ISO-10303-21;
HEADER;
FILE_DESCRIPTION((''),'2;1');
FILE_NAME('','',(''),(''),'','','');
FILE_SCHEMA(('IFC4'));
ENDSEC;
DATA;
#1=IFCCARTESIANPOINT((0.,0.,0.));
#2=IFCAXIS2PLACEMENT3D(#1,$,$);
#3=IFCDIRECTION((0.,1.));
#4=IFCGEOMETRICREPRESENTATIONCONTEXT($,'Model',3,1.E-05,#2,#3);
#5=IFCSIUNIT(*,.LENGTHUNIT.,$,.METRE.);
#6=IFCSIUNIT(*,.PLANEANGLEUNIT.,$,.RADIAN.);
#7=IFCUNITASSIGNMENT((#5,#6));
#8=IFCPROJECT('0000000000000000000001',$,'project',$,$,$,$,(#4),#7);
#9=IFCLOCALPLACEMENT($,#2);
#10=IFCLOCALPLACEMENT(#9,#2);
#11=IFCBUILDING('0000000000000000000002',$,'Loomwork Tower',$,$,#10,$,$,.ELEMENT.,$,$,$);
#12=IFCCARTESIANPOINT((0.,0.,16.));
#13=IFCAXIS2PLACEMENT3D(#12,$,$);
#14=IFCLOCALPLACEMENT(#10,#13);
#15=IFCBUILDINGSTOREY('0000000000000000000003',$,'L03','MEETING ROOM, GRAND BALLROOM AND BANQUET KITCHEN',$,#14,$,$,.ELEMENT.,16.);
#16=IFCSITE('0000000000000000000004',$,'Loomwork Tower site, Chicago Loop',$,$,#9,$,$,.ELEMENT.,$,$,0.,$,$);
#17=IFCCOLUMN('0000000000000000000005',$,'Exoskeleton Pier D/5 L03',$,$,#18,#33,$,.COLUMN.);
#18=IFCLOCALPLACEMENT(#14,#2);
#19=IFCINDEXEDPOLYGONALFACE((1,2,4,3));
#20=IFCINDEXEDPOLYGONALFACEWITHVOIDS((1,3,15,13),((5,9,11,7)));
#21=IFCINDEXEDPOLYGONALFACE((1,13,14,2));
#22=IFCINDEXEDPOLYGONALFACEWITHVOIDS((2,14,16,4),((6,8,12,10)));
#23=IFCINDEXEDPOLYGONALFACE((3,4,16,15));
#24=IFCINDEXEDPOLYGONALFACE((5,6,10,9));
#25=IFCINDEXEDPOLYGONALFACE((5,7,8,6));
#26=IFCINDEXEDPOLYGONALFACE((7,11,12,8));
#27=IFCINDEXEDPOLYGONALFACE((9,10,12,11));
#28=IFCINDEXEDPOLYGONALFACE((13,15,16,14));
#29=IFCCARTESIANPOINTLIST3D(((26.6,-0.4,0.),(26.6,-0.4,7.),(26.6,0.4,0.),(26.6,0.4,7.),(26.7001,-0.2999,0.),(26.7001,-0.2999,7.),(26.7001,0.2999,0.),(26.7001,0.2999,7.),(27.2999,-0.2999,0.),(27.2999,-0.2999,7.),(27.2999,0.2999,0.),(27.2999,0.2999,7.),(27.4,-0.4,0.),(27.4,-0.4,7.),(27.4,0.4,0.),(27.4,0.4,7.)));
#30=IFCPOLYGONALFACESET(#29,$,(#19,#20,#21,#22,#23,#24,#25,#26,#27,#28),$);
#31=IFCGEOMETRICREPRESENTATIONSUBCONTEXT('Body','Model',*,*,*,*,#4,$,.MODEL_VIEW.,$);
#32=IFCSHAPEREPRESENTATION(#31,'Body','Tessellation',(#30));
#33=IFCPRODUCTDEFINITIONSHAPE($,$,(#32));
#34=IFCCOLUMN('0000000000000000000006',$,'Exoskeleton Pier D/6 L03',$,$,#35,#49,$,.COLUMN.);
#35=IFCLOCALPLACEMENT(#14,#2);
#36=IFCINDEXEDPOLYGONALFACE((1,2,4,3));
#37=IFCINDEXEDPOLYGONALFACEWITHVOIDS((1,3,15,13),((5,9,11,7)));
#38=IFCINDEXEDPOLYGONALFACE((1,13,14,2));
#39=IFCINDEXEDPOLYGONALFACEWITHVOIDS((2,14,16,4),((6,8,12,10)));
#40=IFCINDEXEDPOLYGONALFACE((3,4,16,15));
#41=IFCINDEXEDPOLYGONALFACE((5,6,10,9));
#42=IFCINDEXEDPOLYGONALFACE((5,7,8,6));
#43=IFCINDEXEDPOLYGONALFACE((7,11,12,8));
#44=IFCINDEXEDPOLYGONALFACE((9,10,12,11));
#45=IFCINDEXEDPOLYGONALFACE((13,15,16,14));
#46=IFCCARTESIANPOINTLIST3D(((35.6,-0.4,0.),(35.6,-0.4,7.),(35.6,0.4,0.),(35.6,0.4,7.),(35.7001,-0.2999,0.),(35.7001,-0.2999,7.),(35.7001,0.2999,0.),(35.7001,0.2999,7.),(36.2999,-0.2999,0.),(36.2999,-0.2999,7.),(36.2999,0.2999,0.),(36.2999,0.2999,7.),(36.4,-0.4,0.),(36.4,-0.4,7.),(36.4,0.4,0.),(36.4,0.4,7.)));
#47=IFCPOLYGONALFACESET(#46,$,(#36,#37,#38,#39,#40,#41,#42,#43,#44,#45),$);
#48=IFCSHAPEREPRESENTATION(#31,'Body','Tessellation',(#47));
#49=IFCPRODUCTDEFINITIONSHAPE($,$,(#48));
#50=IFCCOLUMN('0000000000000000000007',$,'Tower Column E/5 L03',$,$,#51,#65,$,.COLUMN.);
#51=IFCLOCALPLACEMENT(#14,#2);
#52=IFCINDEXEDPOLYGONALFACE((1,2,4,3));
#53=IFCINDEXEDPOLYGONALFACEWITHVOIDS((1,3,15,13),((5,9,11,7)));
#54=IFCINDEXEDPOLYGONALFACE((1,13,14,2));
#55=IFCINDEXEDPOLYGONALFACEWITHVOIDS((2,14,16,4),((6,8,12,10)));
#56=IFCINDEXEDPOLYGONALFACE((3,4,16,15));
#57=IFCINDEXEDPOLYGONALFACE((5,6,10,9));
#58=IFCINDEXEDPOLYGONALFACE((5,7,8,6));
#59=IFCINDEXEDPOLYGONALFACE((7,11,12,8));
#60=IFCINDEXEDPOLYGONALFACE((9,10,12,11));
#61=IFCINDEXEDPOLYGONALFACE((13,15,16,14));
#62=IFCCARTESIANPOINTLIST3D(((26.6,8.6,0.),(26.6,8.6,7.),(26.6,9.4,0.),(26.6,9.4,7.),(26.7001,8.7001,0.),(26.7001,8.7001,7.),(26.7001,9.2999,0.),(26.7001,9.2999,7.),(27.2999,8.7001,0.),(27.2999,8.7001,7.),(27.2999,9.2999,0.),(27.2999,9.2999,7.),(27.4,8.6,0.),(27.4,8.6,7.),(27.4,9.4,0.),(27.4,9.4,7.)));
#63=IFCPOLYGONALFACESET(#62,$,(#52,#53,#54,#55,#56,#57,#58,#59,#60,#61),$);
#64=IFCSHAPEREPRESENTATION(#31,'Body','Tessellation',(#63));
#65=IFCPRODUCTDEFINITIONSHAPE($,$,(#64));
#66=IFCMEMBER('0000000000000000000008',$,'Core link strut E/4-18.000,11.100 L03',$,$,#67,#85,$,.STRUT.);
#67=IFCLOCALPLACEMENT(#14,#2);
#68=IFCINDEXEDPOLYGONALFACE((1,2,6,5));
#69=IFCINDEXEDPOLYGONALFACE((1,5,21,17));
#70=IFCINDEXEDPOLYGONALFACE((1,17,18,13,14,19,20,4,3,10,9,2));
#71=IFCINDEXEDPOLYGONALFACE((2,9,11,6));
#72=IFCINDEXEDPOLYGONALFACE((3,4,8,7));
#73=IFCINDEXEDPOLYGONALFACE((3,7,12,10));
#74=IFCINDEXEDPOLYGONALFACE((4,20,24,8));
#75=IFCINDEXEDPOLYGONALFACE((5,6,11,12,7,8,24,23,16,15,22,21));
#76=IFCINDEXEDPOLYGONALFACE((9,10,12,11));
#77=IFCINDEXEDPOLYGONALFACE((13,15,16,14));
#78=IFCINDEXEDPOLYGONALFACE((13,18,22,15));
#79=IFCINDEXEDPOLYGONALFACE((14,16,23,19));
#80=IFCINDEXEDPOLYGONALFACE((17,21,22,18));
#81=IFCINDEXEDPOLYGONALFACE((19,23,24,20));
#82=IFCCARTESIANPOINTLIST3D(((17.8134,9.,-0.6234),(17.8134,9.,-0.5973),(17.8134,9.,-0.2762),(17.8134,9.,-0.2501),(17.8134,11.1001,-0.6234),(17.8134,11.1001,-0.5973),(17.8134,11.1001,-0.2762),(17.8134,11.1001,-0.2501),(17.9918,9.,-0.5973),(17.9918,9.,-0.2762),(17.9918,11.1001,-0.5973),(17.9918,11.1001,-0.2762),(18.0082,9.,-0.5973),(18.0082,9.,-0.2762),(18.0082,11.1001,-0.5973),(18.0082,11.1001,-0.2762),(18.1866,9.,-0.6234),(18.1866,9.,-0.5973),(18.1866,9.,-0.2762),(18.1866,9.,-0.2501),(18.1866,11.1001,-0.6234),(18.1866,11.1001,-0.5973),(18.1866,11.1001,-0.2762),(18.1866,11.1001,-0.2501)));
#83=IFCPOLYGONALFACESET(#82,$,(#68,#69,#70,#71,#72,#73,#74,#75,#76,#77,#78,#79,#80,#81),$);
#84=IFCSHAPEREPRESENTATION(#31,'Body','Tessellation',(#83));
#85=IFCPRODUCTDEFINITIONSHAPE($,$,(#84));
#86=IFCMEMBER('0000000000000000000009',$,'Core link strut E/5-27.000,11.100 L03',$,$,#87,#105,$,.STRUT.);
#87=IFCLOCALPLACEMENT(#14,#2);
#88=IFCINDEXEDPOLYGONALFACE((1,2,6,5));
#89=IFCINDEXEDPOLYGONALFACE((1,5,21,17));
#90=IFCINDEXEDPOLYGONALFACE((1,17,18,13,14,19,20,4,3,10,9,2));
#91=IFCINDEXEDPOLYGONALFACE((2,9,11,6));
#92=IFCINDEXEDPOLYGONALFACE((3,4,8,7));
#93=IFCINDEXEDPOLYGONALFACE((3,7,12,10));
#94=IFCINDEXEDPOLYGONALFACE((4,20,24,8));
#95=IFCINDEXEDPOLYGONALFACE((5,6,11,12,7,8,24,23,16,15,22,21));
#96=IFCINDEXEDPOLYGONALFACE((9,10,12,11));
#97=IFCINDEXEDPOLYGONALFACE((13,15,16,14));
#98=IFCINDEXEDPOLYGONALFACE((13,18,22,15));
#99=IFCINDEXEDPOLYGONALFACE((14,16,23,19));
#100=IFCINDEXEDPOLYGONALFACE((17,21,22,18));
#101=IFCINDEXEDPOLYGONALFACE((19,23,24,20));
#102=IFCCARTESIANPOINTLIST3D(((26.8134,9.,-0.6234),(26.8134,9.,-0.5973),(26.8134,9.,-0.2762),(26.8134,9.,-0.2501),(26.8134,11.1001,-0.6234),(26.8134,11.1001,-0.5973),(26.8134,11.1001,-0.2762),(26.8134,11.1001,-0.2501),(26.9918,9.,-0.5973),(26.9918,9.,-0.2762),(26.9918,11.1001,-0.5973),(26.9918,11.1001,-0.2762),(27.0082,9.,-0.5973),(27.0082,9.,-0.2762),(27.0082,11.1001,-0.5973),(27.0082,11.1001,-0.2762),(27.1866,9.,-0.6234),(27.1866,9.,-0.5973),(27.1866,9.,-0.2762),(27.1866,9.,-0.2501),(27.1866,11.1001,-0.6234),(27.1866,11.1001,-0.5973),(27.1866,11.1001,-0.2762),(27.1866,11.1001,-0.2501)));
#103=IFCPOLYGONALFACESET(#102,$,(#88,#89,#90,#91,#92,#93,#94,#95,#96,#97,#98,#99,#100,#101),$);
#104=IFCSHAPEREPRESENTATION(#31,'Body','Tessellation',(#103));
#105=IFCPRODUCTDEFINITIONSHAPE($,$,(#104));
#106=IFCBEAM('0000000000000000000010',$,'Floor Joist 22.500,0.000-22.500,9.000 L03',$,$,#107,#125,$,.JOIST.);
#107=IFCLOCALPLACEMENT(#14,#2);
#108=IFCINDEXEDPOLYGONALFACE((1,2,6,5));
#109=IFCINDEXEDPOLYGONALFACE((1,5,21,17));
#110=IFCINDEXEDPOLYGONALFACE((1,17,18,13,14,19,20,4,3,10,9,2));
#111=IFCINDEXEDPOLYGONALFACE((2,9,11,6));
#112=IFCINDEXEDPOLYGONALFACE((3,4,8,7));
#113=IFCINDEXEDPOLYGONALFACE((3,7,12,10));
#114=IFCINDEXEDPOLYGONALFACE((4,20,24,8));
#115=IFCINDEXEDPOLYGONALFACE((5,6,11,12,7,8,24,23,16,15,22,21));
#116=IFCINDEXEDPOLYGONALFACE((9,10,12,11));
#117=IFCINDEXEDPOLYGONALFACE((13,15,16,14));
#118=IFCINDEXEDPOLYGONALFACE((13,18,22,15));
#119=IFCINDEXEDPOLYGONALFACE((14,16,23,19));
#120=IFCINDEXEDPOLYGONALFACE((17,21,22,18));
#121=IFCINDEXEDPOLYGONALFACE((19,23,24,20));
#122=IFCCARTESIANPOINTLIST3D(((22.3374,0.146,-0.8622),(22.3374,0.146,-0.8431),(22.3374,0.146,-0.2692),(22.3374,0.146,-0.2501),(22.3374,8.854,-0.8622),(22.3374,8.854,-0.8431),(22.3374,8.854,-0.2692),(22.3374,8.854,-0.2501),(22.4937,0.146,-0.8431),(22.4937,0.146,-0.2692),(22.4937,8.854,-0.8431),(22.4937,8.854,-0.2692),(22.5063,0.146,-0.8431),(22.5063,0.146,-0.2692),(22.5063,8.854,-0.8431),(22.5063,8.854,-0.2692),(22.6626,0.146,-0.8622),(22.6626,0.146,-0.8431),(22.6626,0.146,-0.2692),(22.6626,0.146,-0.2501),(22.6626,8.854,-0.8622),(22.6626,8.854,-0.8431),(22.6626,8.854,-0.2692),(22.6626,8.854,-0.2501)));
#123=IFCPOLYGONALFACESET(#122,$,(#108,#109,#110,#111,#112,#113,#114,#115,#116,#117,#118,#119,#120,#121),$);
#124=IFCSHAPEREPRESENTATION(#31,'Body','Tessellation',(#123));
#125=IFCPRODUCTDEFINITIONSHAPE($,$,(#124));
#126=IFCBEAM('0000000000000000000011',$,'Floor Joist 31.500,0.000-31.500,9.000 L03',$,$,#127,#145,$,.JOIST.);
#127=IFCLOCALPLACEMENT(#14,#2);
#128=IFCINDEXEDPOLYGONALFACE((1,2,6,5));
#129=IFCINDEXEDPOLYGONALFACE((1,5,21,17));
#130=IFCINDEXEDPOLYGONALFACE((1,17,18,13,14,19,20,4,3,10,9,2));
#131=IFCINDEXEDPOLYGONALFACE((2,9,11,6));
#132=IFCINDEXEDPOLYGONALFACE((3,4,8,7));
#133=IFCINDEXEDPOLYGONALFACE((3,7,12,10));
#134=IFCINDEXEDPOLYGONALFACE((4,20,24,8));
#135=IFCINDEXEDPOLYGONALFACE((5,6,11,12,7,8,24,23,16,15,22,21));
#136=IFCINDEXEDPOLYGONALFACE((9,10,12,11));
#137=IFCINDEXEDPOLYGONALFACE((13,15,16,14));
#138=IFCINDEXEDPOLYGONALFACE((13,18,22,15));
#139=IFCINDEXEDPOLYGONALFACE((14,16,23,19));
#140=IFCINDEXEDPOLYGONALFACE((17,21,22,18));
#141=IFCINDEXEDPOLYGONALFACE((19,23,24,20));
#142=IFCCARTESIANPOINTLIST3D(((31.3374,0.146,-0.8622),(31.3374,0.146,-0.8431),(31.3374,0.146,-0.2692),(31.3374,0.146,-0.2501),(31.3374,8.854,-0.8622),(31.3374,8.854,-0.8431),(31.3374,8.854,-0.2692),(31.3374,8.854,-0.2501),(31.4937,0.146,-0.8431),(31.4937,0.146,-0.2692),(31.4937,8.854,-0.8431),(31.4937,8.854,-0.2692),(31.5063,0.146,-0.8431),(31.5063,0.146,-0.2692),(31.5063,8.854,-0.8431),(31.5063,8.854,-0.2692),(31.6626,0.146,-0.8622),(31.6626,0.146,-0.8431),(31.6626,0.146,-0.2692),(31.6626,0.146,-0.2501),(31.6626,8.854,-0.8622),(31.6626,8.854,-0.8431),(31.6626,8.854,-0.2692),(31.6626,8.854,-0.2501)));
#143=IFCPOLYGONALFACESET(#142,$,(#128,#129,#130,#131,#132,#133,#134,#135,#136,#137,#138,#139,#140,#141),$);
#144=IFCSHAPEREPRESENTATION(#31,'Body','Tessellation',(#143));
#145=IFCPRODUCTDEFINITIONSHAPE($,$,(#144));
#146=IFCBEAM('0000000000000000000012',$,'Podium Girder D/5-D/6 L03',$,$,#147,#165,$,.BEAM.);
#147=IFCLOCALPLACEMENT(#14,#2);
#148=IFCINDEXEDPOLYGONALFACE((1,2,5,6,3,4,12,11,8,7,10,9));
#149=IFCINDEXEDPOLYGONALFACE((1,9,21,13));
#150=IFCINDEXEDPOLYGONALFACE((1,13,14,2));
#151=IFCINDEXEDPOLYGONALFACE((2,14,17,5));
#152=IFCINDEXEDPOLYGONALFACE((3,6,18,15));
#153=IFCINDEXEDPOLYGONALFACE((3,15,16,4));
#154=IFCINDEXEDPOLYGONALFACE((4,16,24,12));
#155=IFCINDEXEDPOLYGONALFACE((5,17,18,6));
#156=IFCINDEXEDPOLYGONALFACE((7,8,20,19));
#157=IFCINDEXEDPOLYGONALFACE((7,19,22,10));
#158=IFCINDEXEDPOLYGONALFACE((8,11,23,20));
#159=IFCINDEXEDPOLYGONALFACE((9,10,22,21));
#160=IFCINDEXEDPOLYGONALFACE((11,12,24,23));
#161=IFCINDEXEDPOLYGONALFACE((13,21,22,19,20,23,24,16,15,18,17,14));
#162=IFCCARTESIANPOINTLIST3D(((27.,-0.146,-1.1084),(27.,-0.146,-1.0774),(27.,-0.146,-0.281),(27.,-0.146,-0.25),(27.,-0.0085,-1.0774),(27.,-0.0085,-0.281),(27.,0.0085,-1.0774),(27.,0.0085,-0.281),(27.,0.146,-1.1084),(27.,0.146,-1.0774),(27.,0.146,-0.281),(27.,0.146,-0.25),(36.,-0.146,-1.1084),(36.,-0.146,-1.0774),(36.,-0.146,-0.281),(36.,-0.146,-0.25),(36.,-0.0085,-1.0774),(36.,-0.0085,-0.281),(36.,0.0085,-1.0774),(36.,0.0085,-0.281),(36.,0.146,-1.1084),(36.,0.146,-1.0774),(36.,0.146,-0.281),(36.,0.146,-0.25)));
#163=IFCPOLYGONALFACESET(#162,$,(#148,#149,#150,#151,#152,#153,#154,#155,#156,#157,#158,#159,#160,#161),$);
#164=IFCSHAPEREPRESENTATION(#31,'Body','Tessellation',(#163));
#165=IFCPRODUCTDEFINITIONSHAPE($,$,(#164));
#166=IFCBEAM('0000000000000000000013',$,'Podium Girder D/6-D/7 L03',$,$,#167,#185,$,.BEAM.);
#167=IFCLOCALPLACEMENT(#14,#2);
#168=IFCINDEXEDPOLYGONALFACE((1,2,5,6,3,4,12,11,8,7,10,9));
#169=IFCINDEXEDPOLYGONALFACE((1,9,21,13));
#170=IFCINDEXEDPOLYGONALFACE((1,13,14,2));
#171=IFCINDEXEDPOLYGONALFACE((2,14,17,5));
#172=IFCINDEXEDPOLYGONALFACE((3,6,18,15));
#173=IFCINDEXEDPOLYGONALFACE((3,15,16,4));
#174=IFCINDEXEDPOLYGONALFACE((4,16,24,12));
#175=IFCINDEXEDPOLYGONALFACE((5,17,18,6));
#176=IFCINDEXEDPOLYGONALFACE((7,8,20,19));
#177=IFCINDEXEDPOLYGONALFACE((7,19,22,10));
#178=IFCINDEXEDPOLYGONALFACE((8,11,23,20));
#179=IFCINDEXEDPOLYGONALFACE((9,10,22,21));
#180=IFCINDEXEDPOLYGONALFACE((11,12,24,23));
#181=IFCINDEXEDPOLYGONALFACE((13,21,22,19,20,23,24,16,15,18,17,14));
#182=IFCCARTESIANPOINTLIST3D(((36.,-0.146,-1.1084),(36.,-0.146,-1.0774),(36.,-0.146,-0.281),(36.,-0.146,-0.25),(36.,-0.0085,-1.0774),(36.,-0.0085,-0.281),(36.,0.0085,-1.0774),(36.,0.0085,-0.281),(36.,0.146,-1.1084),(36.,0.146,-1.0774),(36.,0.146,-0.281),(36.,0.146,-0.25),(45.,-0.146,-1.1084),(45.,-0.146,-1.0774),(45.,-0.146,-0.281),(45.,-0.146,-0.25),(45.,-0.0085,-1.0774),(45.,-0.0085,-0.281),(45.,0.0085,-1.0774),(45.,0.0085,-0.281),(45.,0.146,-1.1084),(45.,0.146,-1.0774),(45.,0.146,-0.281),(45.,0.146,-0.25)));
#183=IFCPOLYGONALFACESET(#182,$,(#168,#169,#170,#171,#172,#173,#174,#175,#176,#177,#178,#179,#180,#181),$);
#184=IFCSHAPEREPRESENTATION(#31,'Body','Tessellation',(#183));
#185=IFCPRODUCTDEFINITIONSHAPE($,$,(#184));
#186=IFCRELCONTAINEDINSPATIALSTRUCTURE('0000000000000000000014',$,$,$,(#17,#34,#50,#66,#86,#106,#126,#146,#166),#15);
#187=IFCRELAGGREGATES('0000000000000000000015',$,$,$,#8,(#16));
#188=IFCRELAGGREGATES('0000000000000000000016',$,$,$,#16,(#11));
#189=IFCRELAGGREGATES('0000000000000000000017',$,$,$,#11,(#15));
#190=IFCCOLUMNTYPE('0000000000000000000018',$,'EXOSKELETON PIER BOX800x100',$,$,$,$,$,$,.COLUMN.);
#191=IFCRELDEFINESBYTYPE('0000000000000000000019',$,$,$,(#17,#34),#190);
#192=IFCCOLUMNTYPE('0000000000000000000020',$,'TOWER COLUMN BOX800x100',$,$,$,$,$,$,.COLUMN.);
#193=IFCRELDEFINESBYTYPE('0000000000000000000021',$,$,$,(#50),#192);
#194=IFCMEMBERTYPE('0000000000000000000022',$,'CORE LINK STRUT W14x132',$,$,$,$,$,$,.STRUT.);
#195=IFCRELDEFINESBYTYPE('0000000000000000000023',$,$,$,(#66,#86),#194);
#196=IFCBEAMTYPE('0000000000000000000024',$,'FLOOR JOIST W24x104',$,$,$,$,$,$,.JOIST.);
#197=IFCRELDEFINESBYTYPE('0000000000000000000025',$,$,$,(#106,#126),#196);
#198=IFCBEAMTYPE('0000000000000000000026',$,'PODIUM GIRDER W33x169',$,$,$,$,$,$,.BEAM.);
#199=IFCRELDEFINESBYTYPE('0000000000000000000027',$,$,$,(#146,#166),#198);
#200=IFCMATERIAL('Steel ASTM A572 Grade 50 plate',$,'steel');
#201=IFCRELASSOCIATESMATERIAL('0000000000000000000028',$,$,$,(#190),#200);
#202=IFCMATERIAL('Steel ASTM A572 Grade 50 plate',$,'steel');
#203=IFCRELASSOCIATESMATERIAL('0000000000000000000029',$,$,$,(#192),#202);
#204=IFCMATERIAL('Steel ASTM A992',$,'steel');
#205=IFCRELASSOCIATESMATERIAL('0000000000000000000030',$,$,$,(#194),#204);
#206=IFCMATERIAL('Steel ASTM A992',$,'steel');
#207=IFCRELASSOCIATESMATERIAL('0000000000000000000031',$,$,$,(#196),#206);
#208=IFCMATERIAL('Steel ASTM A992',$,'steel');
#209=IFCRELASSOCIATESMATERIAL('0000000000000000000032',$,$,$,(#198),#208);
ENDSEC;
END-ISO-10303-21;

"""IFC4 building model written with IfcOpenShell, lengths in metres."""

from ifc_helpers import new_model, si_unit, direction, frame, origin, origin_2d, place, context, subcontext, project, spatial, hollow_rectangle, i_section, extrude, material, material_profile, profile_set, type_object, element, save


model = new_model("IFC4")

# Units and contexts
model_context = context("Model", 3, precision=1e-05, world=origin(), true_north=direction((0.0, 1.0)))
body_context = subcontext(model_context, "Body", "Model", "MODEL_VIEW")
ifc_project = project(units=[si_unit("LENGTHUNIT", "METRE"), si_unit("PLANEANGLEUNIT", "RADIAN")], contexts=[model_context])

# Site, building, storey
site_placement = place(None, origin())
site = spatial("IfcSite", under=ifc_project, at=site_placement, Name="Loomwork Tower site, Chicago Loop", CompositionType="ELEMENT", RefElevation=0.0)
building_placement = place(site_placement, origin())
building = spatial("IfcBuilding", under=site, at=building_placement, Name="Loomwork Tower", CompositionType="ELEMENT")
storey_placement = place(building_placement, frame((0.0, 0.0, 16.0)))
storey = spatial("IfcBuildingStorey", under=building, at=storey_placement, Name="L03", Description="MEETING ROOM, GRAND BALLROOM AND BANQUET KITCHEN", CompositionType="ELEMENT", Elevation=16.0)

# Columns
ifc_material_1 = material(Name="Steel ASTM A572 Grade 50 plate", Category="steel")
ifc_material_profile_1 = material_profile(ifc_material_1, hollow_rectangle(XDim=0.8, YDim=0.8, WallThickness=0.1001, at=origin_2d()), Name="BOX800x100")
ifc_profile_set_1 = profile_set([ifc_material_profile_1], Name="Steel ASTM A572 Grade 50 plate")
column_type_1 = type_object("IfcColumnType", Name="EXOSKELETON PIER BOX800x100", PredefinedType="COLUMN", material=ifc_profile_set_1)
for number, where, z_axis, x_axis, name in (
    (1, (27.0, 0.0, 0.0), (0.0, 0.0, 1.0), (1.0, 0.0, 0.0), "Exoskeleton Pier D/5 L03"),
    (2, (36.0, 0.0, 0.0), (0.0, 0.0, 1.0), (1.0, 0.0, 0.0), "Exoskeleton Pier D/6 L03"),
):
    element("IfcColumn", number, at=place(storey_placement, frame(where, z_axis=z_axis, x_axis=x_axis)), inside=storey, type_object=column_type_1, Name=name, PredefinedType="COLUMN", context=body_context, shape_type="SweptSolid", body=[
        extrude(hollow_rectangle(XDim=0.8, YDim=0.8, WallThickness=0.1001, at=origin_2d()), origin(), (0.0, 0.0, 1.0), 7.0),
    ])
ifc_material_2 = material(Name="Steel ASTM A572 Grade 50 plate", Category="steel")
ifc_material_profile_2 = material_profile(ifc_material_2, hollow_rectangle(XDim=0.8, YDim=0.8, WallThickness=0.1001, at=origin_2d()), Name="BOX800x100")
ifc_profile_set_2 = profile_set([ifc_material_profile_2], Name="Steel ASTM A572 Grade 50 plate")
column_type_2 = type_object("IfcColumnType", Name="TOWER COLUMN BOX800x100", PredefinedType="COLUMN", material=ifc_profile_set_2)
column_placement = place(storey_placement, frame((27.0, 9.0, 0.0), z_axis=(0.0, 0.0, 1.0), x_axis=(1.0, 0.0, 0.0)))
element("IfcColumn", 3, at=column_placement, inside=storey, type_object=column_type_2, Name="Tower Column E/5 L03", PredefinedType="COLUMN", context=body_context, shape_type="SweptSolid", body=[
    extrude(hollow_rectangle(XDim=0.8, YDim=0.8, WallThickness=0.1001, at=origin_2d()), origin(), (0.0, 0.0, 1.0), 7.0),
])

# Members
ifc_material_3 = material(Name="Steel ASTM A992", Category="steel")
ifc_material_profile_3 = material_profile(ifc_material_3, i_section(OverallWidth=0.3733, OverallDepth=0.3733, WebThickness=0.0164, FlangeThickness=0.0261, at=origin_2d()), Name="W14x132")
ifc_profile_set_3 = profile_set([ifc_material_profile_3], Name="Steel ASTM A992")
member_type = type_object("IfcMemberType", Name="CORE LINK STRUT W14x132", PredefinedType="STRUT", material=ifc_profile_set_3)
for number, where, z_axis, x_axis, name in (
    (4, (18.0, 9.0, -0.4368), (0.0, 1.0, 0.0), (-1.0, 0.0, 0.0), "Core link strut E/4-18.000,11.100 L03"),
    (5, (27.0, 9.0, -0.4368), (0.0, 1.0, 0.0), (-1.0, 0.0, 0.0), "Core link strut E/5-27.000,11.100 L03"),
):
    element("IfcMember", number, at=place(storey_placement, frame(where, z_axis=z_axis, x_axis=x_axis)), inside=storey, type_object=member_type, Name=name, PredefinedType="STRUT", context=body_context, shape_type="SweptSolid", body=[
        extrude(i_section(OverallWidth=0.3733, OverallDepth=0.3733, WebThickness=0.0164, FlangeThickness=0.0261, at=origin_2d()), origin(), (0.0, 0.0, 1.0), 2.1001),
    ])

# Beams
ifc_material_4 = material(Name="Steel ASTM A992", Category="steel")
ifc_material_profile_4 = material_profile(ifc_material_4, i_section(OverallWidth=0.3252, OverallDepth=0.6121, WebThickness=0.0127, FlangeThickness=0.019, at=origin_2d()), Name="W24x104")
ifc_profile_set_4 = profile_set([ifc_material_profile_4], Name="Steel ASTM A992")
beam_type_1 = type_object("IfcBeamType", Name="FLOOR JOIST W24x104", PredefinedType="JOIST", material=ifc_profile_set_4)
for number, where, z_axis, x_axis, name in (
    (6, (22.5, 0.146, -0.5562), (0.0, 1.0, 0.0), (-1.0, 0.0, 0.0), "Floor Joist 22.500,0.000-22.500,9.000 L03"),
    (7, (31.5, 0.146, -0.5562), (0.0, 1.0, 0.0), (-1.0, 0.0, 0.0), "Floor Joist 31.500,0.000-31.500,9.000 L03"),
):
    element("IfcBeam", number, at=place(storey_placement, frame(where, z_axis=z_axis, x_axis=x_axis)), inside=storey, type_object=beam_type_1, Name=name, PredefinedType="JOIST", context=body_context, shape_type="SweptSolid", body=[
        extrude(i_section(OverallWidth=0.3252, OverallDepth=0.6121, WebThickness=0.0127, FlangeThickness=0.019, at=origin_2d()), origin(), (0.0, 0.0, 1.0), 8.708),
    ])
ifc_material_5 = material(Name="Steel ASTM A992", Category="steel")
ifc_material_profile_5 = material_profile(ifc_material_5, i_section(OverallWidth=0.292, OverallDepth=0.8584, WebThickness=0.0171, FlangeThickness=0.031, at=origin_2d()), Name="W33x169")
ifc_profile_set_5 = profile_set([ifc_material_profile_5], Name="Steel ASTM A992")
beam_type_2 = type_object("IfcBeamType", Name="PODIUM GIRDER W33x169", PredefinedType="BEAM", material=ifc_profile_set_5)
for number, where, z_axis, x_axis, name in (
    (8, (27.0, 0.0, -0.6792), (1.0, 0.0, 0.0), (0.0, 1.0, 0.0), "Podium Girder D/5-D/6 L03"),
    (9, (36.0, 0.0, -0.6792), (1.0, 0.0, 0.0), (0.0, 1.0, 0.0), "Podium Girder D/6-D/7 L03"),
):
    element("IfcBeam", number, at=place(storey_placement, frame(where, z_axis=z_axis, x_axis=x_axis)), inside=storey, type_object=beam_type_2, Name=name, PredefinedType="BEAM", context=body_context, shape_type="SweptSolid", body=[
        extrude(i_section(OverallWidth=0.292, OverallDepth=0.8584, WebThickness=0.0171, FlangeThickness=0.031, at=origin_2d()), origin(), (0.0, 0.0, 1.0), 9.0),
    ])

save(model, "model.ifc")
